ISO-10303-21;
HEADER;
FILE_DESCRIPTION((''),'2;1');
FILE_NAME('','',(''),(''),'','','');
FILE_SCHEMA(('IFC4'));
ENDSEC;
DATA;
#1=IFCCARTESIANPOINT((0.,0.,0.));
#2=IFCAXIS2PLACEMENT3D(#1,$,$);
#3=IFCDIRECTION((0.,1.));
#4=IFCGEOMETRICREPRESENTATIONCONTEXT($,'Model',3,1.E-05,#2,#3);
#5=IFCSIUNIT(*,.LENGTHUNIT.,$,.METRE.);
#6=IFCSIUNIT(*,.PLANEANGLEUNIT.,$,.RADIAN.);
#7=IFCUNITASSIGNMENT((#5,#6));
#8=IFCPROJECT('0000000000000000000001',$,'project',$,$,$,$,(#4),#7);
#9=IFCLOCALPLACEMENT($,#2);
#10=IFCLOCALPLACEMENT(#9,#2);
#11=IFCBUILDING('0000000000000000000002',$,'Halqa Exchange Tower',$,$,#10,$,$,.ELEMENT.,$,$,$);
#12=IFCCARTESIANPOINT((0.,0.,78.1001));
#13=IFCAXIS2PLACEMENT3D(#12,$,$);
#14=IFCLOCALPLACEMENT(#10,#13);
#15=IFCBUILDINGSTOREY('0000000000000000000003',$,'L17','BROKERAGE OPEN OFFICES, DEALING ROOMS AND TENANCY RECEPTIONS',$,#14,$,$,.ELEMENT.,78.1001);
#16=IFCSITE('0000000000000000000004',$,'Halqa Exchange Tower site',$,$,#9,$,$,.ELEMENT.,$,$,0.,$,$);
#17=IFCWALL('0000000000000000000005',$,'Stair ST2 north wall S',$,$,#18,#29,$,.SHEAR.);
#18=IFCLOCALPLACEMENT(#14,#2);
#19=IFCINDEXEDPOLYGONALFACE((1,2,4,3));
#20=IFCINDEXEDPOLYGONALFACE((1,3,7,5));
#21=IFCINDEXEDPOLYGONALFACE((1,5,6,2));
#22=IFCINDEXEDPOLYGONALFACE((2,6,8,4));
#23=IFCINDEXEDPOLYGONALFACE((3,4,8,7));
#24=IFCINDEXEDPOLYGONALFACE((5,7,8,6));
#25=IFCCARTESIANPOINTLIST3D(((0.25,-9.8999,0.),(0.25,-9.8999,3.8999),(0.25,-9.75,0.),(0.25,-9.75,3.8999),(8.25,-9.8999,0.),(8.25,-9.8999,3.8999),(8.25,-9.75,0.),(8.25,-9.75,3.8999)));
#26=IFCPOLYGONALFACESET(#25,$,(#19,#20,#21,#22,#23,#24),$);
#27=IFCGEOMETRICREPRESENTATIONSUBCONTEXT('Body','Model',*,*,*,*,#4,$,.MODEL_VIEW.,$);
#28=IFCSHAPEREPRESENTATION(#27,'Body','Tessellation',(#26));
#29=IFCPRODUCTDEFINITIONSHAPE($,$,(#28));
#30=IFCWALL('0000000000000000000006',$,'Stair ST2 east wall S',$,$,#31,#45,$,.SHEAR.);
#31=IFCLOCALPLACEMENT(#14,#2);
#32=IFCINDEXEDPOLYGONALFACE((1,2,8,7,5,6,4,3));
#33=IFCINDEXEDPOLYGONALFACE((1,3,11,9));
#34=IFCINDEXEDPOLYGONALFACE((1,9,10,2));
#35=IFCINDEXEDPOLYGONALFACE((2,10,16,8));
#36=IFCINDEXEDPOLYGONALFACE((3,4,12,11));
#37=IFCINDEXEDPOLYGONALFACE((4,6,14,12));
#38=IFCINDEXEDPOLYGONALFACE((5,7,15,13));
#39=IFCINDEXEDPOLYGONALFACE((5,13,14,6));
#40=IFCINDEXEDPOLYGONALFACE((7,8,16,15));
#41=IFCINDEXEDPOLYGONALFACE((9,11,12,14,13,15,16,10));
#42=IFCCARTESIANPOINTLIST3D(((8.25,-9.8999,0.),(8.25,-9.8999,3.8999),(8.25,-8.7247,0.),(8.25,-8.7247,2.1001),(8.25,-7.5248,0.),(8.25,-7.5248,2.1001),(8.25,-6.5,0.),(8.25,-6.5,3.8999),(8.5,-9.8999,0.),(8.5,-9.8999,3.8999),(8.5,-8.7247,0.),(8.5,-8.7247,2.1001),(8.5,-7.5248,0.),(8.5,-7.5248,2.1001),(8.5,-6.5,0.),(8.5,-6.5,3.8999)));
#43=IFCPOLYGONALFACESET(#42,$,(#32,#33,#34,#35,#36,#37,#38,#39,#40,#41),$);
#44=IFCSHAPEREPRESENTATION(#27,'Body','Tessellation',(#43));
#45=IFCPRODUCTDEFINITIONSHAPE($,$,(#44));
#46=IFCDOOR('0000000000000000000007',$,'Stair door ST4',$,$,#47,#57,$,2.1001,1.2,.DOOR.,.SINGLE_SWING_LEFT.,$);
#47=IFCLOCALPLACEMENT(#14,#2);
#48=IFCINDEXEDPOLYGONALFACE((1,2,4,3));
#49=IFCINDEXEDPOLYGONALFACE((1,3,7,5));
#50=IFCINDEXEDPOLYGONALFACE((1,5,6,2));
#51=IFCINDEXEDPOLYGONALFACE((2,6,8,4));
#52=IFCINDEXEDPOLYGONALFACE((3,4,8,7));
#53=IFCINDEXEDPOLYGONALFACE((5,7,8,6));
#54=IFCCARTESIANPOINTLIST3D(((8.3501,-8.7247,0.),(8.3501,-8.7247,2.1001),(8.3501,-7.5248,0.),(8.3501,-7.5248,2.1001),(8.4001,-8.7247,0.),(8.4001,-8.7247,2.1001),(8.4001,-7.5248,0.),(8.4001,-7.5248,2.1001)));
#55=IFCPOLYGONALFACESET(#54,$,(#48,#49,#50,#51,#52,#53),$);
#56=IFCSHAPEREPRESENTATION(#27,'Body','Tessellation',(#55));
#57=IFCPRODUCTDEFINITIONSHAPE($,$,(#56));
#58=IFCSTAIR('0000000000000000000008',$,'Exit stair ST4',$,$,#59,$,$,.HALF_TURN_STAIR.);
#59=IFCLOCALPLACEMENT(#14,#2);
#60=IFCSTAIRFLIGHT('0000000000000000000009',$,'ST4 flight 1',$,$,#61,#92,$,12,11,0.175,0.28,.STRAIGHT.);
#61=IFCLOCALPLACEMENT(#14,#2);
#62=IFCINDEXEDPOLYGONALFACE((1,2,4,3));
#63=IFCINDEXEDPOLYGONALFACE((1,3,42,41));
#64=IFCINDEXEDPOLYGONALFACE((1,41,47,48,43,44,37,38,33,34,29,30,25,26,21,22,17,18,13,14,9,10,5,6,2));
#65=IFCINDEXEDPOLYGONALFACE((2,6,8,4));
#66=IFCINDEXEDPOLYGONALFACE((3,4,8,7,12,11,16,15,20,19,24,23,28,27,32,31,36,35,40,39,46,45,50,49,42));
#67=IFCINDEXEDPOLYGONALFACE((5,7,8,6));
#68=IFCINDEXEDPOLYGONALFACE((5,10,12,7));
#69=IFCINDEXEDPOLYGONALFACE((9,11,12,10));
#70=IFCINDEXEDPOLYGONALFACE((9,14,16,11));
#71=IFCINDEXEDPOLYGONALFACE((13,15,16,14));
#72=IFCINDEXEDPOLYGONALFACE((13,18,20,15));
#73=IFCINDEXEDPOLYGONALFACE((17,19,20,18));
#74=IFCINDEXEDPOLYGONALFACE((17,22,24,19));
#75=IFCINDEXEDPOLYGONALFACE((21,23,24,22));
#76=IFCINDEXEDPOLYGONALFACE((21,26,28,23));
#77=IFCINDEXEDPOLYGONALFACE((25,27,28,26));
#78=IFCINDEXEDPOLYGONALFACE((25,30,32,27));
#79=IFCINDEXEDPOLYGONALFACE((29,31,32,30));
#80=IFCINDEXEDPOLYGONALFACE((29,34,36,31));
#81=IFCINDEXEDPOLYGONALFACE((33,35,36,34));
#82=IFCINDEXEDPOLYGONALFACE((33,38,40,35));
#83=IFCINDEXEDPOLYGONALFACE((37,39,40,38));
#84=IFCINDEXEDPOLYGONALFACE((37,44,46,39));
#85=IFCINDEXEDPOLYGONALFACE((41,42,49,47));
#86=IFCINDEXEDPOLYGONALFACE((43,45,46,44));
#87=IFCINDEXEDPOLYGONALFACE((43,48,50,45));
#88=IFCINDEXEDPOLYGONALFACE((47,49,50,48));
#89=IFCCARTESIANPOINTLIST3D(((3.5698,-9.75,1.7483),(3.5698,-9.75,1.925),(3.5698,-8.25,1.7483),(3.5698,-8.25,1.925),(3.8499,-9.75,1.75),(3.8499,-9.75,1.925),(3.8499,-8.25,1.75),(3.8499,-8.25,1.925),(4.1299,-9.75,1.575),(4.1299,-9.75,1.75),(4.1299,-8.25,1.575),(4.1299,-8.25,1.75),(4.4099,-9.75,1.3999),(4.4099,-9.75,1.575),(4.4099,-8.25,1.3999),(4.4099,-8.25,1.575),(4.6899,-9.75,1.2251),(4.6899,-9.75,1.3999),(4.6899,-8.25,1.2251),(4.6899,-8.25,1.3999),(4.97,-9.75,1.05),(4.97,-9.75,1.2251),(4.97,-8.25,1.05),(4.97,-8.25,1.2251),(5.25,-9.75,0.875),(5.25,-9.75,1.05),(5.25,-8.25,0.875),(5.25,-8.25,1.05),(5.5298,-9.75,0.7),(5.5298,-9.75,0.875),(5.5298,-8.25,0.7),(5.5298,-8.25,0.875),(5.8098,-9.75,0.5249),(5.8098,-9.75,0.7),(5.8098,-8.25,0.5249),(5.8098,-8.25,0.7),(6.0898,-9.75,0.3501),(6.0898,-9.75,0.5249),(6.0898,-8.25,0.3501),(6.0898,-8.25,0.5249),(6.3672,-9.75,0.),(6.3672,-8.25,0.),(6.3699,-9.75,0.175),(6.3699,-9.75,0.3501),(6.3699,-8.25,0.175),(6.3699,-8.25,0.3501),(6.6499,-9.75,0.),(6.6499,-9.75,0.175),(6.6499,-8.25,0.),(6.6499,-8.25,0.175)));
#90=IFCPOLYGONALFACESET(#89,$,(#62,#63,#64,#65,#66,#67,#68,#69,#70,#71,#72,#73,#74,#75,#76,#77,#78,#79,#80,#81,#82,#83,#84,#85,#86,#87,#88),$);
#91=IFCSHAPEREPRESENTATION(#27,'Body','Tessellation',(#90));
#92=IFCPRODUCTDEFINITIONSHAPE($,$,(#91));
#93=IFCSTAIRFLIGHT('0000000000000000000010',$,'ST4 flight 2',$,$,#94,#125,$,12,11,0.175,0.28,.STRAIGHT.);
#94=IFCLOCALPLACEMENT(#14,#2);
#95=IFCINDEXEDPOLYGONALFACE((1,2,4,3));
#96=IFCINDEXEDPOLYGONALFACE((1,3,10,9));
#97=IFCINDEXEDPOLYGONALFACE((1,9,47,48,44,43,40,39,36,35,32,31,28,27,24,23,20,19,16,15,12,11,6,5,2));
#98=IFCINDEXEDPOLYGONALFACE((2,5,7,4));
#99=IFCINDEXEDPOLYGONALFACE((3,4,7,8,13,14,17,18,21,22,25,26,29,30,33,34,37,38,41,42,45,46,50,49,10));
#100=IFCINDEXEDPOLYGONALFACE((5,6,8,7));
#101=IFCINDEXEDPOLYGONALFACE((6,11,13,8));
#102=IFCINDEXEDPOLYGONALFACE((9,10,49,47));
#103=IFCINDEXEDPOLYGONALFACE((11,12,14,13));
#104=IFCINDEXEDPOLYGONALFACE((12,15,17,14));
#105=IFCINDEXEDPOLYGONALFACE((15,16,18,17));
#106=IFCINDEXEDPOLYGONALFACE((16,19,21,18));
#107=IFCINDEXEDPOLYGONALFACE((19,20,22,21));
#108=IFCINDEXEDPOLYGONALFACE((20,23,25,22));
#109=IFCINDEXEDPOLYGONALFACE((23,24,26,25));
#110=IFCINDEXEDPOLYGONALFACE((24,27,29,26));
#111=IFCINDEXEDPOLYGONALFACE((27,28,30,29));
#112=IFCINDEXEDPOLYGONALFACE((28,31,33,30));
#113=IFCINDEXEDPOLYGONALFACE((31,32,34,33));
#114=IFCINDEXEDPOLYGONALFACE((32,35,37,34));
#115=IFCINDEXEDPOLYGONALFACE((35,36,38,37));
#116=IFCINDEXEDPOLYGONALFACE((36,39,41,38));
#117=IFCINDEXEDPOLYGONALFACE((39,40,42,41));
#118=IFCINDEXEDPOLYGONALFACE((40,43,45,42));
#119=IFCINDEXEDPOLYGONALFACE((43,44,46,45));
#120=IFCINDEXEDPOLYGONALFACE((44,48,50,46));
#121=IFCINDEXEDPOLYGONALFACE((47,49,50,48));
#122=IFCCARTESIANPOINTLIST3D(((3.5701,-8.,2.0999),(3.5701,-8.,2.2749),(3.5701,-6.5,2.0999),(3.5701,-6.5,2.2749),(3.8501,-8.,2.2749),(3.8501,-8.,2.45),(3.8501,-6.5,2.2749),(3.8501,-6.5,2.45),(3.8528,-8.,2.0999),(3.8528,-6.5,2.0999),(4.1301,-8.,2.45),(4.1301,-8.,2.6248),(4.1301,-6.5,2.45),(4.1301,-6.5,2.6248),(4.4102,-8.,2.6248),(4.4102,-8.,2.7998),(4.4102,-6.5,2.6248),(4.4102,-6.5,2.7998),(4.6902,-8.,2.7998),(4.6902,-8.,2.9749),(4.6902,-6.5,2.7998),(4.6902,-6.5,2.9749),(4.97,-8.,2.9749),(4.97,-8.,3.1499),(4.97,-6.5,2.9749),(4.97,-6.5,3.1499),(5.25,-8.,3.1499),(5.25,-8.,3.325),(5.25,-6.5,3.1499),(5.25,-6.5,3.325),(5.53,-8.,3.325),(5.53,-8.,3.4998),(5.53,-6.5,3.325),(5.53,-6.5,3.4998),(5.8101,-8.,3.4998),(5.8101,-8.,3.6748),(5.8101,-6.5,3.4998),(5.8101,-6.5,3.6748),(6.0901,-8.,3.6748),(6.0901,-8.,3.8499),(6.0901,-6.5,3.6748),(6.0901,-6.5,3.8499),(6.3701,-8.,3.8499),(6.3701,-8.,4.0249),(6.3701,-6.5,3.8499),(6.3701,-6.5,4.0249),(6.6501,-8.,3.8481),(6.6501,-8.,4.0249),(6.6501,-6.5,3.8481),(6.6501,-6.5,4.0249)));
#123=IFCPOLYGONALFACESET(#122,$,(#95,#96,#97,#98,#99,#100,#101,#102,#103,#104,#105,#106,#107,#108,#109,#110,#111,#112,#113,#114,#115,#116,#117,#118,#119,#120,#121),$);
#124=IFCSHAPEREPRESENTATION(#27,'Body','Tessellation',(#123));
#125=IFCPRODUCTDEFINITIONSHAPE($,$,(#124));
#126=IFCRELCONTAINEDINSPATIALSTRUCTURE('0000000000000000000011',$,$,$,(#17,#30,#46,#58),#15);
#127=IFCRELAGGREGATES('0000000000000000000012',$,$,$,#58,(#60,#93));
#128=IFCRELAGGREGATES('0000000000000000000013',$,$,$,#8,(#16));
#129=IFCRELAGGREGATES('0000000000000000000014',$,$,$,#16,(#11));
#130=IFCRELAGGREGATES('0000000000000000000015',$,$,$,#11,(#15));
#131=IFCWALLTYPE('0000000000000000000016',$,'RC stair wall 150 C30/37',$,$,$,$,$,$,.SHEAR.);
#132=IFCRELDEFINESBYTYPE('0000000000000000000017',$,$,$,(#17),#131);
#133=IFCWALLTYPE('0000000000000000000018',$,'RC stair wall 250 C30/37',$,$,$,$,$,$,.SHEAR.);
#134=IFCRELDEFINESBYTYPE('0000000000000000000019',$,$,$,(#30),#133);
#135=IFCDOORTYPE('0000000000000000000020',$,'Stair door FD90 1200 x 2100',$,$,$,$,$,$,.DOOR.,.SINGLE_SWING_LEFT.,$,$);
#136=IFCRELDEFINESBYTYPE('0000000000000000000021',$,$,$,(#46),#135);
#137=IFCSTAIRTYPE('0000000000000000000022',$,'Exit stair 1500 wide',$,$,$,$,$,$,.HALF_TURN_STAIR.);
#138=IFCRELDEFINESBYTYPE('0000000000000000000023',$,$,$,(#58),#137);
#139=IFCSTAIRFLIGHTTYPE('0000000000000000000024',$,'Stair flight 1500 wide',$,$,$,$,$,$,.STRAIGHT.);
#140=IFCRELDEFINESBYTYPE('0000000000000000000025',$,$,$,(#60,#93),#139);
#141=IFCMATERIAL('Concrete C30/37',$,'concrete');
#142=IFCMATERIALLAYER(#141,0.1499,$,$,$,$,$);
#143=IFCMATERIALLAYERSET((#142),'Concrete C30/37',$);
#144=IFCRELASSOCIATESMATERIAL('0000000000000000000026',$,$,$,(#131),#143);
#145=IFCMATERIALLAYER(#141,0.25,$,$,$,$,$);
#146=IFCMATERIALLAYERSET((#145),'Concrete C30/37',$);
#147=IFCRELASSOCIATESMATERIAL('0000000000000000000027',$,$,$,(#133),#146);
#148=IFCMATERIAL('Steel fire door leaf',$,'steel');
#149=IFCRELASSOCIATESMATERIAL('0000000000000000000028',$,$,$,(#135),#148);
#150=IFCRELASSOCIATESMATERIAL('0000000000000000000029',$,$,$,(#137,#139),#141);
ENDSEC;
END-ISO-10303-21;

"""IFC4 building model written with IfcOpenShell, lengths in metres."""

from ifc_helpers import new_model, si_unit, direction, frame, frame_2d, origin, place, context, subcontext, project, spatial, polyline, rectangle, outline, extrude, material, layer, layer_set, type_object, element, fill, aggregate, save


model = new_model("IFC4")

# Units and contexts
model_context = context("Model", 3, precision=1e-05, world=origin(), true_north=direction((0.0, 1.0)))
body_context = subcontext(model_context, "Body", "Model", "MODEL_VIEW")
ifc_project = project(units=[si_unit("LENGTHUNIT", "METRE"), si_unit("PLANEANGLEUNIT", "RADIAN")], contexts=[model_context])

# Site, building, storey
site_placement = place(None, origin())
site = spatial("IfcSite", under=ifc_project, at=site_placement, Name="Halqa Exchange Tower site", CompositionType="ELEMENT", RefElevation=0.0)
building_placement = place(site_placement, origin())
building = spatial("IfcBuilding", under=site, at=building_placement, Name="Halqa Exchange Tower", CompositionType="ELEMENT")
storey_placement = place(building_placement, frame((0.0, 0.0, 78.1001)))
storey = spatial("IfcBuildingStorey", under=building, at=storey_placement, Name="L17", Description="BROKERAGE OPEN OFFICES, DEALING ROOMS AND TENANCY RECEPTIONS", CompositionType="ELEMENT", Elevation=78.1001)

# Wall
ifc_material_1 = material(Name="Concrete C30/37", Category="concrete")
ifc_layer_1 = layer(ifc_material_1, 0.1499)
ifc_layer_set_1 = layer_set([ifc_layer_1], Name="Concrete C30/37")
wall_type_1 = type_object("IfcWallType", Name="RC stair wall 150 C30/37", PredefinedType="SHEAR", material=ifc_layer_set_1)
wall_1_placement = place(storey_placement, frame((0.25, -9.825, 0.0), z_axis=(0.0, 0.0, 1.0), x_axis=(1.0, 0.0, 0.0)))
element("IfcWall", 1, at=wall_1_placement, inside=storey, type_object=wall_type_1, Name="Stair ST2 north wall S", PredefinedType="SHEAR", context=body_context, shape_type="SweptSolid", body=[
    extrude(rectangle(XDim=8.0, YDim=0.1499, at=frame_2d((4.0, 0.0))), origin(), (0.0, 0.0, 1.0), 3.8999),
])

# Wall, opening, door
ifc_layer_2 = layer(ifc_material_1, 0.25)
ifc_layer_set_2 = layer_set([ifc_layer_2], Name="Concrete C30/37")
wall_type_2 = type_object("IfcWallType", Name="RC stair wall 250 C30/37", PredefinedType="SHEAR", material=ifc_layer_set_2)
wall_2_placement = place(storey_placement, frame((8.375, -9.8999, 0.0), z_axis=(0.0, 0.0, 1.0), x_axis=(0.0, 1.0, 0.0)))
wall_2 = element("IfcWall", 2, at=wall_2_placement, inside=storey, type_object=wall_type_2, Name="Stair ST2 east wall S", PredefinedType="SHEAR", context=body_context, shape_type="SweptSolid", body=[
    extrude(rectangle(XDim=3.3999, YDim=0.25, at=frame_2d((1.7, 0.0))), origin(), (0.0, 0.0, 1.0), 3.8999),
])
opening_placement = place(wall_2_placement, frame((1.175, 0.0, 0.0)))
opening = element("IfcOpeningElement", 3, at=opening_placement, cuts=wall_2, PredefinedType="OPENING", context=body_context, shape_type="SweptSolid", body=[
    extrude(rectangle(XDim=1.2, YDim=2.1001, at=frame_2d((0.6001, 1.05))), frame((0.0, 0.137, 0.0), z_axis=(0.0, -1.0, 0.0), x_axis=(1.0, 0.0, 0.0)), (0.0, 0.0, 1.0), 0.2739),
])
ifc_material_2 = material(Name="Steel fire door leaf", Category="steel")
door_type = type_object("IfcDoorType", Name="Stair door FD90 1200 x 2100", OperationType="SINGLE_SWING_LEFT", PredefinedType="DOOR", material=ifc_material_2)
door_placement = place(opening_placement, origin())
door = element("IfcDoor", 4, at=door_placement, inside=storey, type_object=door_type, Name="Stair door ST4", OperationType="SINGLE_SWING_LEFT", OverallHeight=2.1001, OverallWidth=1.2, PredefinedType="DOOR", context=body_context, shape_type="SweptSolid", body=[
    extrude(rectangle(XDim=1.2, YDim=2.1001, at=frame_2d((0.6001, 1.05))), frame((0.0, 0.0249, 0.0), z_axis=(0.0, -1.0, 0.0), x_axis=(1.0, 0.0, 0.0)), (0.0, 0.0, 1.0), 0.05),
])
fill(opening, door)

# Stair, stair flights
stair_type = type_object("IfcStairType", Name="Exit stair 1500 wide", PredefinedType="HALF_TURN_STAIR", material=ifc_material_1)
stair_placement = place(storey_placement, origin())
stair = element("IfcStair", 5, at=stair_placement, inside=storey, type_object=stair_type, Name="Exit stair ST4", PredefinedType="HALF_TURN_STAIR")
stair_flight_type = type_object("IfcStairFlightType", Name="Stair flight 1500 wide", PredefinedType="STRAIGHT", material=ifc_material_1)
stair_flight_1_placement = place(storey_placement, frame((6.6499, -9.0, 0.0), z_axis=(0.0, 0.0, 1.0), x_axis=(-1.0, 0.0, 0.0)))
stair_flight_1 = element("IfcStairFlight", 6, at=stair_flight_1_placement, type_object=stair_flight_type, Name="ST4 flight 1", NumberOfRisers=12, NumberOfTreads=11, PredefinedType="STRAIGHT", RiserHeight=0.175, TreadLength=0.28, context=body_context, shape_type="SweptSolid", body=[
    extrude(outline(polyline([(0.0, 0.0), (0.0, 0.175), (0.28, 0.175), (0.28, 0.3501), (0.5601, 0.3501), (0.5601, 0.5249), (0.8401, 0.5249), (0.8401, 0.7), (1.1201, 0.7), (1.1201, 0.875), (1.3999, 0.875), (1.3999, 1.05), (1.6799, 1.05), (1.6799, 1.2251), (1.96, 1.2251), (1.96, 1.3999), (2.24, 1.3999), (2.24, 1.575), (2.52, 1.575), (2.52, 1.75), (2.8, 1.75), (2.8, 1.925), (3.0801, 1.925), (3.0801, 2.1001), (3.0801, 1.7483), (0.2827, 0.0), (0.0, 0.0)])), frame((0.0, 0.75, 0.0), z_axis=(0.0, -1.0, 0.0), x_axis=(1.0, 0.0, 0.0)), (0.0, 0.0, 1.0), 1.5),
])
stair_flight_2_placement = place(storey_placement, frame((3.5701, -7.25, 2.0999), z_axis=(0.0, 0.0, 1.0), x_axis=(1.0, 0.0, 0.0)))
stair_flight_2 = element("IfcStairFlight", 7, at=stair_flight_2_placement, type_object=stair_flight_type, Name="ST4 flight 2", NumberOfRisers=12, NumberOfTreads=11, PredefinedType="STRAIGHT", RiserHeight=0.175, TreadLength=0.28, context=body_context, shape_type="SweptSolid", body=[
    extrude(outline(polyline([(0.0, 0.0), (0.0, 0.175), (0.28, 0.175), (0.28, 0.3501), (0.5601, 0.3501), (0.5601, 0.5249), (0.8401, 0.5249), (0.8401, 0.7), (1.1201, 0.7), (1.1201, 0.875), (1.3999, 0.875), (1.3999, 1.05), (1.6799, 1.05), (1.6799, 1.2251), (1.96, 1.2251), (1.96, 1.3999), (2.24, 1.3999), (2.24, 1.575), (2.52, 1.575), (2.52, 1.75), (2.8, 1.75), (2.8, 1.925), (3.0801, 1.925), (3.0801, 2.1001), (3.0801, 1.7483), (0.2827, 0.0), (0.0, 0.0)])), frame((0.0, 0.75, 0.0), z_axis=(0.0, -1.0, 0.0), x_axis=(1.0, 0.0, 0.0)), (0.0, 0.0, 1.0), 1.5),
])
aggregate(stair, [stair_flight_1, stair_flight_2])

save(model, "model.ifc")
